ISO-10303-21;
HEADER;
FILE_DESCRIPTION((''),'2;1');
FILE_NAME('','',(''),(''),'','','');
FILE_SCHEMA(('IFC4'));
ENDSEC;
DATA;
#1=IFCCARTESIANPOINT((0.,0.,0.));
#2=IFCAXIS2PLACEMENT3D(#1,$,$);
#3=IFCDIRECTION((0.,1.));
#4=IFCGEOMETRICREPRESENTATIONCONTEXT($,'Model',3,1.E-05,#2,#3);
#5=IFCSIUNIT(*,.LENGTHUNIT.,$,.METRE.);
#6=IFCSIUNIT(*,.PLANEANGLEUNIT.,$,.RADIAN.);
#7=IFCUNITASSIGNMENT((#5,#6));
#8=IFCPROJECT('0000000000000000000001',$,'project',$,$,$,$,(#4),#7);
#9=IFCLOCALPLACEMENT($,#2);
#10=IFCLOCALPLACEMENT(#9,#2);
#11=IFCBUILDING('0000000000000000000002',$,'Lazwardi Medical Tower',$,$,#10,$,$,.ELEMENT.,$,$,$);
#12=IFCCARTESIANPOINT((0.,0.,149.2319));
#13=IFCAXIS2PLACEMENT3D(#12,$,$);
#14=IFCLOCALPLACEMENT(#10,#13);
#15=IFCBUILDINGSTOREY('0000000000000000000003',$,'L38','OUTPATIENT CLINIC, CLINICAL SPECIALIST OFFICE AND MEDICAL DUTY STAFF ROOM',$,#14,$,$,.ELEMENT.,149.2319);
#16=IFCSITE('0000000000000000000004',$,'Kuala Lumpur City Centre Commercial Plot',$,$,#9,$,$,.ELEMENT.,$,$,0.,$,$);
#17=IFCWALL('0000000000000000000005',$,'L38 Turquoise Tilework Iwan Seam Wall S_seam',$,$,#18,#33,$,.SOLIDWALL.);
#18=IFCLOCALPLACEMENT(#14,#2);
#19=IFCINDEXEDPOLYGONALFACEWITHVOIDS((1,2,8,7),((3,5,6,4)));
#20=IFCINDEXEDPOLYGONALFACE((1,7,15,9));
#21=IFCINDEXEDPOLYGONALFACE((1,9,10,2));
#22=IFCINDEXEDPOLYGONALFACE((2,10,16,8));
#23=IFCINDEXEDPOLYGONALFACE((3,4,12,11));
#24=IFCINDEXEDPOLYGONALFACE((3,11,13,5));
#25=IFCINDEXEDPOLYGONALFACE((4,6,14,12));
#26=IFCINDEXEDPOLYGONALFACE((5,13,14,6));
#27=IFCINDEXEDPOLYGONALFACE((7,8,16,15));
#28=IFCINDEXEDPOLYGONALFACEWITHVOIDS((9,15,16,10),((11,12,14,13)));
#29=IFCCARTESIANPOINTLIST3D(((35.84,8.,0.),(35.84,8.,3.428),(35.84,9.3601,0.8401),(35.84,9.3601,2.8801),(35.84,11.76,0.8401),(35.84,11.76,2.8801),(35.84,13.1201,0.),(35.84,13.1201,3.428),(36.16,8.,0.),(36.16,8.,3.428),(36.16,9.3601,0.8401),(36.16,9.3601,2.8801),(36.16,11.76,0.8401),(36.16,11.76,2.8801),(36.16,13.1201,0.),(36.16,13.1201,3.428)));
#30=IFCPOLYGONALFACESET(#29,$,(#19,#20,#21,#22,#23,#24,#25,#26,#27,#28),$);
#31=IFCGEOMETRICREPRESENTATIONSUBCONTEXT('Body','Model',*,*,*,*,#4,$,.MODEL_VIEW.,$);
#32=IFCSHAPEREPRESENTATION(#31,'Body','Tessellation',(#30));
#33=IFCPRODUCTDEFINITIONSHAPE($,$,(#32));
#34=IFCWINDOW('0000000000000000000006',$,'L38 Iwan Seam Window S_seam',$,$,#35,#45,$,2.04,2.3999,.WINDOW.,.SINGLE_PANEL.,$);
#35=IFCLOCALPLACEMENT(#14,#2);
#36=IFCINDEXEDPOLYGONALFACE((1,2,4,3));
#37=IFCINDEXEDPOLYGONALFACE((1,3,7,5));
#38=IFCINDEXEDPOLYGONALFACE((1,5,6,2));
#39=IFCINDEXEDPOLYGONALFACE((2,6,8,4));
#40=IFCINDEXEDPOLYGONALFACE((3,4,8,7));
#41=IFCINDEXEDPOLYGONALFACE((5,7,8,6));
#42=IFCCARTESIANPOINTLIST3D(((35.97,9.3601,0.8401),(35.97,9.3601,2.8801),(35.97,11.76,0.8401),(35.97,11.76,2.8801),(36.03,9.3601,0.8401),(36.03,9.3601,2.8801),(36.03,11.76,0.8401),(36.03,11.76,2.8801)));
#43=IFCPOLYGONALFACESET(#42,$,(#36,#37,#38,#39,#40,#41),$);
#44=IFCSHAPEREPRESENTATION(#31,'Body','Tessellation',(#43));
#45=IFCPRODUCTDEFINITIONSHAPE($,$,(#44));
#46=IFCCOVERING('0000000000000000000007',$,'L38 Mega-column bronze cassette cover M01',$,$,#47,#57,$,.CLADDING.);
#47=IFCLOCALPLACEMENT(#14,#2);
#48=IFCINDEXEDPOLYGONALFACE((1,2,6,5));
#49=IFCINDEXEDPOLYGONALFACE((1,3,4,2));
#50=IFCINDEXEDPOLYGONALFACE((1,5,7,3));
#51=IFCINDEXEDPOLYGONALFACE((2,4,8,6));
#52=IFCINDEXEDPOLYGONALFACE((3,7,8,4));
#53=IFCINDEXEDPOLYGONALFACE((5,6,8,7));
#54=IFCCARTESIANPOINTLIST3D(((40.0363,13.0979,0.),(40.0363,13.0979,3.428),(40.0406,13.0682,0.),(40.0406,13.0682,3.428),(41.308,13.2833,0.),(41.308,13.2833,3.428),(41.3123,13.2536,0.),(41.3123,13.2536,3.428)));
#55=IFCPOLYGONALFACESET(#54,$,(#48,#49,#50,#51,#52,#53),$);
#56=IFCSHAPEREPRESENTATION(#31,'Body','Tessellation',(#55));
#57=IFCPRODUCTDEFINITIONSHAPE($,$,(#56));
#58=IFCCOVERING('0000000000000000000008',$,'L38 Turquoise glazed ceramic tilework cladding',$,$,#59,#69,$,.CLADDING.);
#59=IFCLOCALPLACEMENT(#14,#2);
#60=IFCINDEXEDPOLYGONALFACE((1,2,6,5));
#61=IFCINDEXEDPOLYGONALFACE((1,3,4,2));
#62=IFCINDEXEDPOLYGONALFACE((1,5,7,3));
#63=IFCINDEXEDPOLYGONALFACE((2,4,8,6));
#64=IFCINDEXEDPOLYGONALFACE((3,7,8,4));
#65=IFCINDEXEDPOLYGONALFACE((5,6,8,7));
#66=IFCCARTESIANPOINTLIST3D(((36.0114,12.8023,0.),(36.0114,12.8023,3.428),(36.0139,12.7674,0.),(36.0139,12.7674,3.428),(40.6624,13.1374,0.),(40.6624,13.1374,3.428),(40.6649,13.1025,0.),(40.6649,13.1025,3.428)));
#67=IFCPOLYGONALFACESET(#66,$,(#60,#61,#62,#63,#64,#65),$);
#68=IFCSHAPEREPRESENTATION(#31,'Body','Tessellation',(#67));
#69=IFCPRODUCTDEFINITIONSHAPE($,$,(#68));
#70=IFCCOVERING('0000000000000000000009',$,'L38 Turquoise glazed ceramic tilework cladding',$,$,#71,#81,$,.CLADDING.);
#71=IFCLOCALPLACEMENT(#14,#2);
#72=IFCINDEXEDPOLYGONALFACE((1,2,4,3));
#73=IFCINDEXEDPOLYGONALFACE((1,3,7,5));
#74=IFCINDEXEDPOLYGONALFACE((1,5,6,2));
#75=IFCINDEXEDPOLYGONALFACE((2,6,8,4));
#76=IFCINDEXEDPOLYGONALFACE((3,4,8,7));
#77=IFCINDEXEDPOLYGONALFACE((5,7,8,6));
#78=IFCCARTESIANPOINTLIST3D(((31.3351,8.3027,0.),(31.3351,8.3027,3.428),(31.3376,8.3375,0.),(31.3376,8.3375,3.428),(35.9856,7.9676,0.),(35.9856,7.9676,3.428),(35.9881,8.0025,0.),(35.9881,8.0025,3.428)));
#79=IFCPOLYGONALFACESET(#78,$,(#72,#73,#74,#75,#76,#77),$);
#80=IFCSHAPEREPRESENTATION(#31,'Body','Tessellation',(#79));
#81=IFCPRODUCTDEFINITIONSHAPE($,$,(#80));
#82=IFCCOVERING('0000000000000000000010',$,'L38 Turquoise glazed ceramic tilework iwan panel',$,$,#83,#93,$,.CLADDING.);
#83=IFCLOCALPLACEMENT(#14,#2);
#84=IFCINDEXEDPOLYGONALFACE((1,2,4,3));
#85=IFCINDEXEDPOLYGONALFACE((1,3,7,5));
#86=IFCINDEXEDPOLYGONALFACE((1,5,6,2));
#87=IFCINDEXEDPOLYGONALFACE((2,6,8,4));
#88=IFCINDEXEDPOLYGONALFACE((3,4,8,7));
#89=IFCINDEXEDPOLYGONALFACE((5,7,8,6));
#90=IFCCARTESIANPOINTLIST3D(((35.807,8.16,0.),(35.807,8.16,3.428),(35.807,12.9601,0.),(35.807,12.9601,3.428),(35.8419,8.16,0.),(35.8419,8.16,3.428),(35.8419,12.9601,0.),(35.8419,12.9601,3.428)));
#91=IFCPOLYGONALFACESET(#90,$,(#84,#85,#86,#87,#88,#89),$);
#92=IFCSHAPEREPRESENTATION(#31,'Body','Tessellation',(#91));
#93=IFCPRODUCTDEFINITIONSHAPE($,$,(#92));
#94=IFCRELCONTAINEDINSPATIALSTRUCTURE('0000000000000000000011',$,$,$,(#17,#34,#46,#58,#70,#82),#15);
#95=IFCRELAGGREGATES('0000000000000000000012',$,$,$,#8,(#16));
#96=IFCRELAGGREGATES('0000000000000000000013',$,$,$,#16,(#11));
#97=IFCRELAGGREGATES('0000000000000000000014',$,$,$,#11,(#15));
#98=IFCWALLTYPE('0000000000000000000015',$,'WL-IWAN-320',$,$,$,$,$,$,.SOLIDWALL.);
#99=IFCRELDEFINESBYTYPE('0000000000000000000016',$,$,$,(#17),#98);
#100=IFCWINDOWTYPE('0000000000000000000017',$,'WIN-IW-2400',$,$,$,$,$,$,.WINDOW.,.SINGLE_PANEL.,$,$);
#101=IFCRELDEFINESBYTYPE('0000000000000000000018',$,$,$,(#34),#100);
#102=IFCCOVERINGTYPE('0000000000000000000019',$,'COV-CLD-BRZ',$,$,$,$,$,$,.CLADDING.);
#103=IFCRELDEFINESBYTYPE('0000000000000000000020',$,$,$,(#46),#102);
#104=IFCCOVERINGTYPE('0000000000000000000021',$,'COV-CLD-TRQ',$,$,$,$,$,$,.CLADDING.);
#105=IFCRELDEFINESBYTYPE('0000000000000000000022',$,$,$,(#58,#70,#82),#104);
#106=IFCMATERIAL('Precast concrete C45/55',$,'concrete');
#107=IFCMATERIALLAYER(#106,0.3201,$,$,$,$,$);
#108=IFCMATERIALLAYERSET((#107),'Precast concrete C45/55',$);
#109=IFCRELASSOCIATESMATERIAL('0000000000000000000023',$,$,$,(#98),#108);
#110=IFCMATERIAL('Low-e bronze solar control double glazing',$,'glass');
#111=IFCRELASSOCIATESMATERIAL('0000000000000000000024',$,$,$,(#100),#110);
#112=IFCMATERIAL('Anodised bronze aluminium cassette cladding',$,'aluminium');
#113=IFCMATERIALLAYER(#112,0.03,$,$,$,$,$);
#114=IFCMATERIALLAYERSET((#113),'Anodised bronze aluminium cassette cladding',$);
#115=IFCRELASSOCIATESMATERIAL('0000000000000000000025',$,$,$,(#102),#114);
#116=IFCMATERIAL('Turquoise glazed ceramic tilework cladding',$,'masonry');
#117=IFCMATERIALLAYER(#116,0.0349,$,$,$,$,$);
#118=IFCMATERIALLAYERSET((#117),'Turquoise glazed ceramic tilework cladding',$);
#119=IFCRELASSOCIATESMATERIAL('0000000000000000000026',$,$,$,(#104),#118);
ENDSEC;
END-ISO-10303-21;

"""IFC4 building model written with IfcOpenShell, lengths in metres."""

from ifc_helpers import new_model, si_unit, direction, frame, frame_2d, origin, origin_2d, place, context, subcontext, project, spatial, rectangle, extrude, material, layer, layer_set, type_object, element, fill, save


model = new_model("IFC4")

# Units and contexts
model_context = context("Model", 3, precision=1e-05, world=origin(), true_north=direction((0.0, 1.0)))
body_context = subcontext(model_context, "Body", "Model", "MODEL_VIEW")
ifc_project = project(units=[si_unit("LENGTHUNIT", "METRE"), si_unit("PLANEANGLEUNIT", "RADIAN")], contexts=[model_context])

# Site, building, storey
site_placement = place(None, origin())
site = spatial("IfcSite", under=ifc_project, at=site_placement, Name="Kuala Lumpur City Centre Commercial Plot", CompositionType="ELEMENT", RefElevation=0.0)
building_placement = place(site_placement, origin())
building = spatial("IfcBuilding", under=site, at=building_placement, Name="Lazwardi Medical Tower", CompositionType="ELEMENT")
storey_placement = place(building_placement, frame((0.0, 0.0, 149.2319)))
storey = spatial("IfcBuildingStorey", under=building, at=storey_placement, Name="L38", Description="OUTPATIENT CLINIC, CLINICAL SPECIALIST OFFICE AND MEDICAL DUTY STAFF ROOM", CompositionType="ELEMENT", Elevation=149.2319)

# Shared definitions
ifc_material_1 = material(Name="Low-e bronze solar control double glazing", Category="glass")

# Wall, opening, window
ifc_material_2 = material(Name="Precast concrete C45/55", Category="concrete")
ifc_layer_1 = layer(ifc_material_2, 0.3201)
ifc_layer_set_1 = layer_set([ifc_layer_1], Name="Precast concrete C45/55")
wall_type = type_object("IfcWallType", Name="WL-IWAN-320", PredefinedType="SOLIDWALL", material=ifc_layer_set_1)
wall_1_placement = place(storey_placement, frame((36.0, 8.0, 0.0), z_axis=(0.0, 0.0, 1.0), x_axis=(0.0, 1.0, 0.0)))
wall_1 = element("IfcWall", 1, at=wall_1_placement, inside=storey, type_object=wall_type, Name="L38 Turquoise Tilework Iwan Seam Wall S_seam", PredefinedType="SOLIDWALL", context=body_context, shape_type="SweptSolid", body=[
    extrude(rectangle(XDim=5.1201, YDim=0.3201, at=frame_2d((2.5601, 0.0))), origin(), (0.0, 0.0, 1.0), 3.428),
])
opening_1_placement = place(wall_1_placement, frame((1.3601, 0.0, 0.8401)))
opening_1 = element("IfcOpeningElement", 2, at=opening_1_placement, cuts=wall_1, PredefinedType="OPENING", context=body_context, shape_type="SweptSolid", body=[
    extrude(rectangle(XDim=2.3999, YDim=2.04, at=frame_2d((1.2, 1.02))), frame((0.0, 0.1699, 0.0), z_axis=(0.0, -1.0, 0.0), x_axis=(1.0, 0.0, 0.0)), (0.0, 0.0, 1.0), 0.3401),
])
window_type_1 = type_object("IfcWindowType", Name="WIN-IW-2400", PartitioningType="SINGLE_PANEL", PredefinedType="WINDOW", material=ifc_material_1)
window_1_placement = place(opening_1_placement, origin())
window_1 = element("IfcWindow", 3, at=window_1_placement, inside=storey, type_object=window_type_1, Name="L38 Iwan Seam Window S_seam", OverallHeight=2.04, OverallWidth=2.3999, PartitioningType="SINGLE_PANEL", PredefinedType="WINDOW", context=body_context, shape_type="SweptSolid", body=[
    extrude(rectangle(XDim=2.3999, YDim=2.04, at=frame_2d((1.2, 1.02))), frame((0.0, 0.03, 0.0), z_axis=(0.0, -1.0, 0.0), x_axis=(1.0, 0.0, 0.0)), (0.0, 0.0, 1.0), 0.0601),
])
fill(opening_1, window_1)

# Coverings
ifc_material_3 = material(Name="Anodised bronze aluminium cassette cladding", Category="aluminium")
ifc_layer_2 = layer(ifc_material_3, 0.03)
ifc_layer_set_2 = layer_set([ifc_layer_2], Name="Anodised bronze aluminium cassette cladding")
covering_type_1 = type_object("IfcCoveringType", Name="COV-CLD-BRZ", PredefinedType="CLADDING", material=ifc_layer_set_2)
covering_1_placement = place(storey_placement, frame((40.6743, 13.1758, 0.0), z_axis=(0.0, 0.0, 1.0), x_axis=(0.989539, 0.144265, 0.0)))
element("IfcCovering", 4, at=covering_1_placement, inside=storey, type_object=covering_type_1, Name="L38 Mega-column bronze cassette cover M01", PredefinedType="CLADDING", context=body_context, shape_type="SweptSolid", body=[
    extrude(rectangle(XDim=1.2852, YDim=0.03, at=origin_2d()), origin(), (0.0, 0.0, 1.0), 3.428),
])
ifc_material_4 = material(Name="Turquoise glazed ceramic tilework cladding", Category="masonry")
ifc_layer_3 = layer(ifc_material_4, 0.0349)
ifc_layer_set_3 = layer_set([ifc_layer_3], Name="Turquoise glazed ceramic tilework cladding")
covering_type_2 = type_object("IfcCoveringType", Name="COV-CLD-TRQ", PredefinedType="CLADDING", material=ifc_layer_set_3)
covering_2_placement = place(storey_placement, frame((38.3381, 12.9524, 0.0), z_axis=(0.0, 0.0, 1.0), x_axis=(0.997415, 0.071863, 0.0)))
element("IfcCovering", 5, at=covering_2_placement, inside=storey, type_object=covering_type_2, Name="L38 Turquoise glazed ceramic tilework cladding", PredefinedType="CLADDING", context=body_context, shape_type="SweptSolid", body=[
    extrude(rectangle(XDim=4.6631, YDim=0.0349, at=origin_2d()), origin(), (0.0, 0.0, 1.0), 3.428),
])
covering_3_placement = place(storey_placement, frame((33.6616, 8.1526, 0.0), z_axis=(0.0, 0.0, 1.0), x_axis=(0.997414, -0.071868, 0.0)))
element("IfcCovering", 6, at=covering_3_placement, inside=storey, type_object=covering_type_2, Name="L38 Turquoise glazed ceramic tilework cladding", PredefinedType="CLADDING", context=body_context, shape_type="SweptSolid", body=[
    extrude(rectangle(XDim=4.6626, YDim=0.0349, at=origin_2d()), origin(), (0.0, 0.0, 1.0), 3.428),
])
covering_4_placement = place(storey_placement, frame((35.8245, 10.5601, 0.0), z_axis=(0.0, 0.0, 1.0), x_axis=(0.0, 1.0, 0.0)))
element("IfcCovering", 7, at=covering_4_placement, inside=storey, type_object=covering_type_2, Name="L38 Turquoise glazed ceramic tilework iwan panel", PredefinedType="CLADDING", context=body_context, shape_type="SweptSolid", body=[
    extrude(rectangle(XDim=4.8, YDim=0.0349, at=origin_2d()), origin(), (0.0, 0.0, 1.0), 3.428),
])

save(model, "model.ifc")
